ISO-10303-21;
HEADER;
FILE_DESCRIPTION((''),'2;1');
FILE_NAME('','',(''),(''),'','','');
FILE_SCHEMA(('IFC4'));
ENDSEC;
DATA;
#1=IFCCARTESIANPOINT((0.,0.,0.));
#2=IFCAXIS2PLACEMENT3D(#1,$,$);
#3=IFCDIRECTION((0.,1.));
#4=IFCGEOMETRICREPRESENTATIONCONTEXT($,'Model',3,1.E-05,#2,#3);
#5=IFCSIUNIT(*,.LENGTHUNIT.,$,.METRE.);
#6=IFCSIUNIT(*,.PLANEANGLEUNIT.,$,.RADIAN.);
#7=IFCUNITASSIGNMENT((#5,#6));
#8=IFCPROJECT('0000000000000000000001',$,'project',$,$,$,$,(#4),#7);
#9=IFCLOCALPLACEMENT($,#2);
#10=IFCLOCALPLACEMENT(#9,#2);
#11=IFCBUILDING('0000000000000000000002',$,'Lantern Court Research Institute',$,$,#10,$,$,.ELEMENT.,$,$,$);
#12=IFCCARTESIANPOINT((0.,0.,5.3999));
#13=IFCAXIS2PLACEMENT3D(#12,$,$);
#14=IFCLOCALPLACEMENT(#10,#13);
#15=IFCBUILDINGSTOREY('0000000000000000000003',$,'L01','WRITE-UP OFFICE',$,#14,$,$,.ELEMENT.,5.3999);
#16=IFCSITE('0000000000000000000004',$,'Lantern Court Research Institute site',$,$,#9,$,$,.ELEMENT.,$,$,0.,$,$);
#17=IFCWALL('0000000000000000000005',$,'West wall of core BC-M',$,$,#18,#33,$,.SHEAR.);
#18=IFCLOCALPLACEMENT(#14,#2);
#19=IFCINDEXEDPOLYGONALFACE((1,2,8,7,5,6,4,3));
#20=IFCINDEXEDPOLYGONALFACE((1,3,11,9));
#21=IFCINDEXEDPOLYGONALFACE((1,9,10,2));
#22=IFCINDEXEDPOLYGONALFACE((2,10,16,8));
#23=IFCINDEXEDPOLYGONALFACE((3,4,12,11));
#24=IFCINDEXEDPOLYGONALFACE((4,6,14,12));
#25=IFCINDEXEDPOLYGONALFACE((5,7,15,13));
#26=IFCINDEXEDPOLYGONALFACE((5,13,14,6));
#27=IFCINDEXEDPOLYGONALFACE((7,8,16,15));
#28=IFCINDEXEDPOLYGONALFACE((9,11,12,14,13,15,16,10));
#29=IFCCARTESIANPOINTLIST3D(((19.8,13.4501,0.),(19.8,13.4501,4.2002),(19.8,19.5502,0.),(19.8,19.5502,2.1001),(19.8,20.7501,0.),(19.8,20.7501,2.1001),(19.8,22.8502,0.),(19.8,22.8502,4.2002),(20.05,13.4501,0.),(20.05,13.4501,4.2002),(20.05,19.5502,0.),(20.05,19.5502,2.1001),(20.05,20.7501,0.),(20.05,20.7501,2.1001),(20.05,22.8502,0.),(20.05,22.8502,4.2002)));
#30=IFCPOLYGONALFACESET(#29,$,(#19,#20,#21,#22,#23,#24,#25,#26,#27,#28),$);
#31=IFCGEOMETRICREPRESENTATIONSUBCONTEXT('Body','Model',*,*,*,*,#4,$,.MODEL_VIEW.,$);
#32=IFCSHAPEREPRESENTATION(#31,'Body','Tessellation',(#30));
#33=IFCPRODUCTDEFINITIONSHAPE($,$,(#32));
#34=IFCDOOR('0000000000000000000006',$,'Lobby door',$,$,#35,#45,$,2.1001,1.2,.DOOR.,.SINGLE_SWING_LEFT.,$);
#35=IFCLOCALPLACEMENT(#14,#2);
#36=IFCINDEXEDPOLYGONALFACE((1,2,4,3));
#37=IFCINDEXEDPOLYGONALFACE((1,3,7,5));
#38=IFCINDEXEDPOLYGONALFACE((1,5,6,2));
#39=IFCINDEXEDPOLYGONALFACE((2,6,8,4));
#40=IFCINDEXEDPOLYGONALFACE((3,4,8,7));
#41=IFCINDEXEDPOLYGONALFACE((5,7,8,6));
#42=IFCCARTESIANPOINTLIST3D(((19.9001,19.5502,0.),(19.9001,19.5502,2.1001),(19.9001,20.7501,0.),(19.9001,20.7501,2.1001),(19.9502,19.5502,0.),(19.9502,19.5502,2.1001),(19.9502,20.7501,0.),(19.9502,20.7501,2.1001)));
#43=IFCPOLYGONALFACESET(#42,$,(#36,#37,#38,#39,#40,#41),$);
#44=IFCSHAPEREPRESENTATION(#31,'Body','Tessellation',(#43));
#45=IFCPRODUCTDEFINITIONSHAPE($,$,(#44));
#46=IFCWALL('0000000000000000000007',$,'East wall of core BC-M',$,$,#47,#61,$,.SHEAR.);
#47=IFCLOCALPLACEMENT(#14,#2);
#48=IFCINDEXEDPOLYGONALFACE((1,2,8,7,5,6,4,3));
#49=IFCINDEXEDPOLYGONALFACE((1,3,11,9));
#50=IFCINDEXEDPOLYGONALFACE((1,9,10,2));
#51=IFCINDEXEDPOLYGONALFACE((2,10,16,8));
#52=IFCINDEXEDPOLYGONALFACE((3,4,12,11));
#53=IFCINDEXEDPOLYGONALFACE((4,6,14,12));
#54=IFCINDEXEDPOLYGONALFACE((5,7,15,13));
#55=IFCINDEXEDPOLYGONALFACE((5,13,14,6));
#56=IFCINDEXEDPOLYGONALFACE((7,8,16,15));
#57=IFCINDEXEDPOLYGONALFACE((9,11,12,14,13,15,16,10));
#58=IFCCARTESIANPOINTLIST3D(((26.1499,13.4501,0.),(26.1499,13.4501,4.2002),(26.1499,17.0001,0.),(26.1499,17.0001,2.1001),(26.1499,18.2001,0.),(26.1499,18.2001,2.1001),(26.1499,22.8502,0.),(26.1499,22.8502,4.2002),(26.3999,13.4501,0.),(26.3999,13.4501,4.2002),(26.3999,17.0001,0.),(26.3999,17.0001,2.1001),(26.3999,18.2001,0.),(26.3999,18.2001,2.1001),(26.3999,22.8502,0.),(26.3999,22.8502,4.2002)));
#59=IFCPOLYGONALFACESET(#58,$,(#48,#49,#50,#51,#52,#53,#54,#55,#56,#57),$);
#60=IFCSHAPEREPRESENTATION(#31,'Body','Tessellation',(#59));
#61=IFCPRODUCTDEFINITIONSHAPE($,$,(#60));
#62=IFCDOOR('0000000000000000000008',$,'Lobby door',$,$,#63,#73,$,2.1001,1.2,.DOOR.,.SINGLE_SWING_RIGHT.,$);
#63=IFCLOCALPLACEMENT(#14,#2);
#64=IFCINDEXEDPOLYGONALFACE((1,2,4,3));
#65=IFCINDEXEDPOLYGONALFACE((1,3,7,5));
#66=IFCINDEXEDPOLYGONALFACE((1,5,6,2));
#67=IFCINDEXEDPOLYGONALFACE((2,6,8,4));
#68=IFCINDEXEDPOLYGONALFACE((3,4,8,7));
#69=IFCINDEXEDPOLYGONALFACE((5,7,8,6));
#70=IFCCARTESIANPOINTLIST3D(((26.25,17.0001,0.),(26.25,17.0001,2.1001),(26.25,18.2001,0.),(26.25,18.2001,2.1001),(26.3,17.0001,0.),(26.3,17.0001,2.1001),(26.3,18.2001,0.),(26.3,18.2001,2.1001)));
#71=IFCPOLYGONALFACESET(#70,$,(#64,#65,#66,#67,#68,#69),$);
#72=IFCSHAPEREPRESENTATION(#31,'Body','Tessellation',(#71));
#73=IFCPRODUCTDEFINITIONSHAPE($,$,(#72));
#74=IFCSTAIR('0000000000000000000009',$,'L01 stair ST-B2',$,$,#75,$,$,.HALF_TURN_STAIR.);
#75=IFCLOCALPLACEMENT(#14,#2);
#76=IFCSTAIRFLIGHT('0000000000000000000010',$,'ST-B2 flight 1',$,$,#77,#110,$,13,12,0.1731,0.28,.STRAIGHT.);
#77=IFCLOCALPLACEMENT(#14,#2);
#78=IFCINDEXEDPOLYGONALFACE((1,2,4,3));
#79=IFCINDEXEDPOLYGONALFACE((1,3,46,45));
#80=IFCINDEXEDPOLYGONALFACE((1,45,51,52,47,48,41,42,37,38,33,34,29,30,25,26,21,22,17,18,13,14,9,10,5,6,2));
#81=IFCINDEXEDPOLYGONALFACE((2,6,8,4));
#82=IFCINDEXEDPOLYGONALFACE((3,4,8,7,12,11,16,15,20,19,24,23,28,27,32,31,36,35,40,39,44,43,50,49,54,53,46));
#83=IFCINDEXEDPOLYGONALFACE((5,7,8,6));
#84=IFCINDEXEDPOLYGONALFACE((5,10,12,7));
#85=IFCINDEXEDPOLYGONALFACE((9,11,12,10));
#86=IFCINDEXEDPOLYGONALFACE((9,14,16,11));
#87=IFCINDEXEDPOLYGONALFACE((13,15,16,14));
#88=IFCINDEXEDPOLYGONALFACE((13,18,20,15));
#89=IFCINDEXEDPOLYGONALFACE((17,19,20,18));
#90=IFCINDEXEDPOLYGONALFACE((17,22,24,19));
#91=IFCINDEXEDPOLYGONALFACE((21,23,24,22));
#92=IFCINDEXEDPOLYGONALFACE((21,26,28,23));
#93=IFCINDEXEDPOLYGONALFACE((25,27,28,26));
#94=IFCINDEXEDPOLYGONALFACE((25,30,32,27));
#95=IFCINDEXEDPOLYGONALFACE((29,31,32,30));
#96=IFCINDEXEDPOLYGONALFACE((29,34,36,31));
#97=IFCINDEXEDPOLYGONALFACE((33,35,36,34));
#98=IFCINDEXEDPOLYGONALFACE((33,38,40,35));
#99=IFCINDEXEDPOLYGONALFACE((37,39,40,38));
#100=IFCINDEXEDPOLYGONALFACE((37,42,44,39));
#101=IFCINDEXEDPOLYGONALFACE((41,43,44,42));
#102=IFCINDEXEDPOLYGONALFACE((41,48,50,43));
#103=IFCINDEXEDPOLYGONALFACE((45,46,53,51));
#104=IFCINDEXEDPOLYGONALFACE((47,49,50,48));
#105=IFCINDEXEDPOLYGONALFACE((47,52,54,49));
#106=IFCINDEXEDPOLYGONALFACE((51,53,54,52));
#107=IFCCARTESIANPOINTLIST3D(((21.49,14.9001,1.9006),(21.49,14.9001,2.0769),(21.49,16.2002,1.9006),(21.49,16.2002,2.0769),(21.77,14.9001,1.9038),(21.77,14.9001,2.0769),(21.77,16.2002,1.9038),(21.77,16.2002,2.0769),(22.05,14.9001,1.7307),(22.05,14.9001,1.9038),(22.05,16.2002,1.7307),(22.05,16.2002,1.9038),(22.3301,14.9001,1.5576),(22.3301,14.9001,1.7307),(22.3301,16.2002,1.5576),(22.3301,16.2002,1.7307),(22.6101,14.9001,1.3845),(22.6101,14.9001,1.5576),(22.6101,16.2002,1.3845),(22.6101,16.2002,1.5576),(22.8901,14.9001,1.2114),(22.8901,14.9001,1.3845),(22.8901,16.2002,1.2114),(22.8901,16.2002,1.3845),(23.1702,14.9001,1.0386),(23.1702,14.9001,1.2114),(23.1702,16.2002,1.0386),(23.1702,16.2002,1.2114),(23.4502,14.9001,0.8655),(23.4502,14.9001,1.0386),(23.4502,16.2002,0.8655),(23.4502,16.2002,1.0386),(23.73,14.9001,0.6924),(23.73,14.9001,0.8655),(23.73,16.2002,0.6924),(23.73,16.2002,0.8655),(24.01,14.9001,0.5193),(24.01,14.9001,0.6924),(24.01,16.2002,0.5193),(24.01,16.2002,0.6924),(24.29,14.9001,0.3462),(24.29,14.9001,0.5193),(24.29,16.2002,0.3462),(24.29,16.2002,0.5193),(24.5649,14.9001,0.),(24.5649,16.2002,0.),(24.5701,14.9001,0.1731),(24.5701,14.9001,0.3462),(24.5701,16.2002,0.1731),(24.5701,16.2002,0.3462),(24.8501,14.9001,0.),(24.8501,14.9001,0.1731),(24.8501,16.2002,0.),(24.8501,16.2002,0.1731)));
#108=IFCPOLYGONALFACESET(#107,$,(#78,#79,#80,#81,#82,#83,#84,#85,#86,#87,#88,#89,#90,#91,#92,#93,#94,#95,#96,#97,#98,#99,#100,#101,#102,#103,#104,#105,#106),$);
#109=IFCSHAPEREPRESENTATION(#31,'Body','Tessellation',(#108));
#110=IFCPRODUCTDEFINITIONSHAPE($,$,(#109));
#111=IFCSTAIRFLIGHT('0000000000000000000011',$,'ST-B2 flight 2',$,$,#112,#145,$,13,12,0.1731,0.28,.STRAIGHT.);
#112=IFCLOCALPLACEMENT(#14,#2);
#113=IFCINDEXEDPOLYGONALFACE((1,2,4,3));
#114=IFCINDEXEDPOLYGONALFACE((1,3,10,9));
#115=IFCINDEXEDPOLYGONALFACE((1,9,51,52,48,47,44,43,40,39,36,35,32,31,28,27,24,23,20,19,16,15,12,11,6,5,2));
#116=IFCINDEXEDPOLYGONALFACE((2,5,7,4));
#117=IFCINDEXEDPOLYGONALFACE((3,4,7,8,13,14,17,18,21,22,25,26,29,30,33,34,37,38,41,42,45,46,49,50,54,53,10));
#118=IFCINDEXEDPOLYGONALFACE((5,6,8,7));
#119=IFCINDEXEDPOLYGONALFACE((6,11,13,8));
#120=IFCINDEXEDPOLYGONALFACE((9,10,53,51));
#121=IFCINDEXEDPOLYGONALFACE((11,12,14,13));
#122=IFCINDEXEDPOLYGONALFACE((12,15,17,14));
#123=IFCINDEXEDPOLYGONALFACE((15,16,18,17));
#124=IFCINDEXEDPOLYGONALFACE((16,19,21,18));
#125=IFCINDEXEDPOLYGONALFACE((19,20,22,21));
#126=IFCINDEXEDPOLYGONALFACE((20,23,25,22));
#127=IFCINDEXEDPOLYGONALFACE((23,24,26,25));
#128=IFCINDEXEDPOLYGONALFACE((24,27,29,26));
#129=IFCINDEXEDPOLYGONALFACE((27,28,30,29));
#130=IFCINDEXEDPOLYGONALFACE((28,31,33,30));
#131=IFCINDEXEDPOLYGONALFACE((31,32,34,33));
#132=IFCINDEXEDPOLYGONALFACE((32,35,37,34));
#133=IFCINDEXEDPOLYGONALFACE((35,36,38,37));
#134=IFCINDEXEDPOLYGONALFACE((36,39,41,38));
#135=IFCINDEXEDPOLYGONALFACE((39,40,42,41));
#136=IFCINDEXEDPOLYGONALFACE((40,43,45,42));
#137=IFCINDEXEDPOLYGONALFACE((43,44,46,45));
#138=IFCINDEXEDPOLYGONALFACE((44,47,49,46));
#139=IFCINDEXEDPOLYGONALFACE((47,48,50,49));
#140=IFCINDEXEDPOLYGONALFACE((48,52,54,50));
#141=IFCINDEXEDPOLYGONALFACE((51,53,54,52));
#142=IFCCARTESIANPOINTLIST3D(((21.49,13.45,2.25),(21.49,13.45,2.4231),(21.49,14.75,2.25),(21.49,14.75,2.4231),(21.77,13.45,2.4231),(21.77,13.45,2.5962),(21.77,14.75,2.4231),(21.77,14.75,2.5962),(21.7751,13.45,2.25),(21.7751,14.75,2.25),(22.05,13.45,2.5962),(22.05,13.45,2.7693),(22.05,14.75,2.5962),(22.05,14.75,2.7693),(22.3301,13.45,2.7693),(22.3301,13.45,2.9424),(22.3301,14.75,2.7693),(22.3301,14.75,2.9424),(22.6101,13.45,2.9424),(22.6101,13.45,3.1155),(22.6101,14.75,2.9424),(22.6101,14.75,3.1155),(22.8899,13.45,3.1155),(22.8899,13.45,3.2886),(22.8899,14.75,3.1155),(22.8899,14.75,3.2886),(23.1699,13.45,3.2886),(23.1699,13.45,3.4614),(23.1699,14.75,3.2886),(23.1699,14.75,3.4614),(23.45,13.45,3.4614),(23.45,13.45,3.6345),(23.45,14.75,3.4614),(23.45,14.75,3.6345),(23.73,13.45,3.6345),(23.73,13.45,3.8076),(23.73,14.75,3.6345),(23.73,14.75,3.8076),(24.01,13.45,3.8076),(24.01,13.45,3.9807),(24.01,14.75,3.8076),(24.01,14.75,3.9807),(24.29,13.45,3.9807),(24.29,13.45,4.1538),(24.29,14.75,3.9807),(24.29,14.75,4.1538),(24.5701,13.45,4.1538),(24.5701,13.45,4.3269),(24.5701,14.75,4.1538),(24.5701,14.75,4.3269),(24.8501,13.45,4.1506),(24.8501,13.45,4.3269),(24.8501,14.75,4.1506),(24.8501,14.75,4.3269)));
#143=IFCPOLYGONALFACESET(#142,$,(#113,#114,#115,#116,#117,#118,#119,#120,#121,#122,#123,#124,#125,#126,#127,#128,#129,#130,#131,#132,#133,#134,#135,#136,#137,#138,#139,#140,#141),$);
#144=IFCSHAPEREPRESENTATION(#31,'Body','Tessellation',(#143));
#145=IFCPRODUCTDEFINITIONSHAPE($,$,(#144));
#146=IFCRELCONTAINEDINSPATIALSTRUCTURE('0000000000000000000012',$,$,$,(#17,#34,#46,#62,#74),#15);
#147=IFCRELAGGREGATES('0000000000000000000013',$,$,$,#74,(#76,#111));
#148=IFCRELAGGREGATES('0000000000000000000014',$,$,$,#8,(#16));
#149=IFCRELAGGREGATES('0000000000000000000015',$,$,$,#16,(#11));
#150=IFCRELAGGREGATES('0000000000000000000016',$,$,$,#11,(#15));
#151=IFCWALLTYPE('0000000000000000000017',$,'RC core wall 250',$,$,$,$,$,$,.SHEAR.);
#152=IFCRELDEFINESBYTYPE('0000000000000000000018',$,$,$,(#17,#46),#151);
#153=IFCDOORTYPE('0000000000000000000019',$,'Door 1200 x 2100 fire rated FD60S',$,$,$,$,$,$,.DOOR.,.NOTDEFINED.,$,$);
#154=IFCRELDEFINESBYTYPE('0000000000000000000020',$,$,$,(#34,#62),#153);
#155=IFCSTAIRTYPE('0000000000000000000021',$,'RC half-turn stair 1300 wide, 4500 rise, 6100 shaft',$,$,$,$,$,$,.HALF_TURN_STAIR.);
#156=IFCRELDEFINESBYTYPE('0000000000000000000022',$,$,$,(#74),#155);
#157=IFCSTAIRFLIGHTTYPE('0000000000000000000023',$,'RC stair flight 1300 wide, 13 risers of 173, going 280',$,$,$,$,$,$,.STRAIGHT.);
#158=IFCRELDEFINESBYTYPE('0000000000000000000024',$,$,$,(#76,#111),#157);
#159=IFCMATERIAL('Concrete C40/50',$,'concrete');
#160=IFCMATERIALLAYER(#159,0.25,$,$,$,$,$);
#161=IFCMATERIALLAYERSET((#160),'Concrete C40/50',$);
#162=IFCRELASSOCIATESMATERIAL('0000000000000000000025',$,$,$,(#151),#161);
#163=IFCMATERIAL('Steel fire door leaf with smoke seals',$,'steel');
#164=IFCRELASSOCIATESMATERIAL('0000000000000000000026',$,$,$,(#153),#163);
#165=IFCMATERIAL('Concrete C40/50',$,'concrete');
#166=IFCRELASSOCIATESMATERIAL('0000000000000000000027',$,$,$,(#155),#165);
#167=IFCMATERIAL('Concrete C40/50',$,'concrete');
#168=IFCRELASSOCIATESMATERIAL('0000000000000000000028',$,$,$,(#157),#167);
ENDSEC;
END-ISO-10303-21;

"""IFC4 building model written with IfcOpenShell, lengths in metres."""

from ifc_helpers import new_model, si_unit, direction, frame, frame_2d, origin, place, context, subcontext, project, spatial, polyline, rectangle, outline, extrude, material, layer, layer_set, type_object, element, fill, aggregate, save


model = new_model("IFC4")

# Units and contexts
model_context = context("Model", 3, precision=1e-05, world=origin(), true_north=direction((0.0, 1.0)))
body_context = subcontext(model_context, "Body", "Model", "MODEL_VIEW")
ifc_project = project(units=[si_unit("LENGTHUNIT", "METRE"), si_unit("PLANEANGLEUNIT", "RADIAN")], contexts=[model_context])

# Site, building, storey
site_placement = place(None, origin())
site = spatial("IfcSite", under=ifc_project, at=site_placement, Name="Lantern Court Research Institute site", CompositionType="ELEMENT", RefElevation=0.0)
building_placement = place(site_placement, origin())
building = spatial("IfcBuilding", under=site, at=building_placement, Name="Lantern Court Research Institute", CompositionType="ELEMENT")
storey_placement = place(building_placement, frame((0.0, 0.0, 5.3999)))
storey = spatial("IfcBuildingStorey", under=building, at=storey_placement, Name="L01", Description="WRITE-UP OFFICE", CompositionType="ELEMENT", Elevation=5.3999)

# Shared definitions
ifc_material_1 = material(Name="Concrete C40/50", Category="concrete")
ifc_layer_1 = layer(ifc_material_1, 0.25)
ifc_layer_set_1 = layer_set([ifc_layer_1], Name="Concrete C40/50")
wall_type_1 = type_object("IfcWallType", Name="RC core wall 250", PredefinedType="SHEAR", material=ifc_layer_set_1)

# Walls, openings, doors
wall_1_placement = place(storey_placement, frame((19.925, 13.45, 0.0), z_axis=(0.0, 0.0, 1.0), x_axis=(0.0, 1.0, 0.0)))
wall_1 = element("IfcWall", 1, at=wall_1_placement, inside=storey, type_object=wall_type_1, Name="West wall of core BC-M", PredefinedType="SHEAR", context=body_context, shape_type="SweptSolid", body=[
    extrude(rectangle(XDim=9.4001, YDim=0.25, at=frame_2d((4.7002, 0.0))), origin(), (0.0, 0.0, 1.0), 4.2002),
])
opening_1_placement = place(wall_1_placement, frame((6.1001, 0.0, 0.0)))
opening_1 = element("IfcOpeningElement", 2, at=opening_1_placement, cuts=wall_1, PredefinedType="OPENING", context=body_context, shape_type="SweptSolid", body=[
    extrude(rectangle(XDim=1.2, YDim=2.1001, at=frame_2d((0.6001, 1.05))), frame((0.0, 0.135, 0.0), z_axis=(0.0, -1.0, 0.0), x_axis=(1.0, 0.0, 0.0)), (0.0, 0.0, 1.0), 0.27),
])
ifc_material_2 = material(Name="Steel fire door leaf with smoke seals", Category="steel")
door_type_1 = type_object("IfcDoorType", Name="Door 1200 x 2100 fire rated FD60S", OperationType="NOTDEFINED", PredefinedType="DOOR", material=ifc_material_2)
door_1_placement = place(opening_1_placement, origin())
door_1 = element("IfcDoor", 3, at=door_1_placement, inside=storey, type_object=door_type_1, Name="Lobby door", OperationType="SINGLE_SWING_LEFT", OverallHeight=2.1001, OverallWidth=1.2, PredefinedType="DOOR", context=body_context, shape_type="SweptSolid", body=[
    extrude(rectangle(XDim=1.2, YDim=2.1001, at=frame_2d((0.6001, 1.05))), frame((0.0, 0.0249, 0.0), z_axis=(0.0, -1.0, 0.0), x_axis=(1.0, 0.0, 0.0)), (0.0, 0.0, 1.0), 0.05),
])
fill(opening_1, door_1)
wall_2_placement = place(storey_placement, frame((26.2749, 13.45, 0.0), z_axis=(0.0, 0.0, 1.0), x_axis=(0.0, 1.0, 0.0)))
wall_2 = element("IfcWall", 4, at=wall_2_placement, inside=storey, type_object=wall_type_1, Name="East wall of core BC-M", PredefinedType="SHEAR", context=body_context, shape_type="SweptSolid", body=[
    extrude(rectangle(XDim=9.4001, YDim=0.25, at=frame_2d((4.7002, 0.0))), origin(), (0.0, 0.0, 1.0), 4.2002),
])
opening_2_placement = place(wall_2_placement, frame((3.55, 0.0, 0.0)))
opening_2 = element("IfcOpeningElement", 5, at=opening_2_placement, cuts=wall_2, PredefinedType="OPENING", context=body_context, shape_type="SweptSolid", body=[
    extrude(rectangle(XDim=1.2, YDim=2.1001, at=frame_2d((0.6001, 1.05))), frame((0.0, 0.135, 0.0), z_axis=(0.0, -1.0, 0.0), x_axis=(1.0, 0.0, 0.0)), (0.0, 0.0, 1.0), 0.27),
])
door_2_placement = place(opening_2_placement, origin())
door_2 = element("IfcDoor", 6, at=door_2_placement, inside=storey, type_object=door_type_1, Name="Lobby door", OperationType="SINGLE_SWING_RIGHT", OverallHeight=2.1001, OverallWidth=1.2, PredefinedType="DOOR", context=body_context, shape_type="SweptSolid", body=[
    extrude(rectangle(XDim=1.2, YDim=2.1001, at=frame_2d((0.6001, 1.05))), frame((0.0, 0.0249, 0.0), z_axis=(0.0, -1.0, 0.0), x_axis=(1.0, 0.0, 0.0)), (0.0, 0.0, 1.0), 0.05),
])
fill(opening_2, door_2)

# Stair, stair flights
ifc_material_3 = material(Name="Concrete C40/50", Category="concrete")
stair_type = type_object("IfcStairType", Name="RC half-turn stair 1300 wide, 4500 rise, 6100 shaft", PredefinedType="HALF_TURN_STAIR", material=ifc_material_3)
stair_placement = place(storey_placement, origin())
stair = element("IfcStair", 7, at=stair_placement, inside=storey, type_object=stair_type, Name="L01 stair ST-B2", PredefinedType="HALF_TURN_STAIR")
ifc_material_4 = material(Name="Concrete C40/50", Category="concrete")
stair_flight_type = type_object("IfcStairFlightType", Name="RC stair flight 1300 wide, 13 risers of 173, going 280", PredefinedType="STRAIGHT", material=ifc_material_4)
stair_flight_1_placement = place(storey_placement, frame((24.8501, 15.55, 0.0), z_axis=(0.0, 0.0, 1.0), x_axis=(-1.0, 0.0, 0.0)))
stair_flight_1 = element("IfcStairFlight", 8, at=stair_flight_1_placement, type_object=stair_flight_type, Name="ST-B2 flight 1", NumberOfRisers=13, NumberOfTreads=12, PredefinedType="STRAIGHT", RiserHeight=0.1731, TreadLength=0.28, context=body_context, shape_type="SweptSolid", body=[
    extrude(outline(polyline([(0.0, 0.0), (0.0, 0.1731), (0.28, 0.1731), (0.28, 0.3462), (0.5601, 0.3462), (0.5601, 0.5193), (0.8401, 0.5193), (0.8401, 0.6924), (1.1201, 0.6924), (1.1201, 0.8655), (1.3999, 0.8655), (1.3999, 1.0386), (1.6799, 1.0386), (1.6799, 1.2114), (1.96, 1.2114), (1.96, 1.3845), (2.24, 1.3845), (2.24, 1.5576), (2.52, 1.5576), (2.52, 1.7307), (2.8, 1.7307), (2.8, 1.9038), (3.0801, 1.9038), (3.0801, 2.0769), (3.3601, 2.0769), (3.3601, 2.25), (3.3601, 1.9006), (0.2852, 0.0), (0.0, 0.0)])), frame((0.0, 0.6499, 0.0), z_axis=(0.0, -1.0, 0.0), x_axis=(1.0, 0.0, 0.0)), (0.0, 0.0, 1.0), 1.3),
])
stair_flight_2_placement = place(storey_placement, frame((21.49, 14.1001, 2.25), z_axis=(0.0, 0.0, 1.0), x_axis=(1.0, 0.0, 0.0)))
stair_flight_2 = element("IfcStairFlight", 9, at=stair_flight_2_placement, type_object=stair_flight_type, Name="ST-B2 flight 2", NumberOfRisers=13, NumberOfTreads=12, PredefinedType="STRAIGHT", RiserHeight=0.1731, TreadLength=0.28, context=body_context, shape_type="SweptSolid", body=[
    extrude(outline(polyline([(0.0, 0.0), (0.0, 0.1731), (0.28, 0.1731), (0.28, 0.3462), (0.5601, 0.3462), (0.5601, 0.5193), (0.8401, 0.5193), (0.8401, 0.6924), (1.1201, 0.6924), (1.1201, 0.8655), (1.3999, 0.8655), (1.3999, 1.0386), (1.6799, 1.0386), (1.6799, 1.2114), (1.96, 1.2114), (1.96, 1.3845), (2.24, 1.3845), (2.24, 1.5576), (2.52, 1.5576), (2.52, 1.7307), (2.8, 1.7307), (2.8, 1.9038), (3.0801, 1.9038), (3.0801, 2.0769), (3.3601, 2.0769), (3.3601, 2.25), (3.3601, 1.9006), (0.2852, 0.0), (0.0, 0.0)])), frame((0.0, 0.6499, 0.0), z_axis=(0.0, -1.0, 0.0), x_axis=(1.0, 0.0, 0.0)), (0.0, 0.0, 1.0), 1.3),
])
aggregate(stair, [stair_flight_1, stair_flight_2])

save(model, "model.ifc")
